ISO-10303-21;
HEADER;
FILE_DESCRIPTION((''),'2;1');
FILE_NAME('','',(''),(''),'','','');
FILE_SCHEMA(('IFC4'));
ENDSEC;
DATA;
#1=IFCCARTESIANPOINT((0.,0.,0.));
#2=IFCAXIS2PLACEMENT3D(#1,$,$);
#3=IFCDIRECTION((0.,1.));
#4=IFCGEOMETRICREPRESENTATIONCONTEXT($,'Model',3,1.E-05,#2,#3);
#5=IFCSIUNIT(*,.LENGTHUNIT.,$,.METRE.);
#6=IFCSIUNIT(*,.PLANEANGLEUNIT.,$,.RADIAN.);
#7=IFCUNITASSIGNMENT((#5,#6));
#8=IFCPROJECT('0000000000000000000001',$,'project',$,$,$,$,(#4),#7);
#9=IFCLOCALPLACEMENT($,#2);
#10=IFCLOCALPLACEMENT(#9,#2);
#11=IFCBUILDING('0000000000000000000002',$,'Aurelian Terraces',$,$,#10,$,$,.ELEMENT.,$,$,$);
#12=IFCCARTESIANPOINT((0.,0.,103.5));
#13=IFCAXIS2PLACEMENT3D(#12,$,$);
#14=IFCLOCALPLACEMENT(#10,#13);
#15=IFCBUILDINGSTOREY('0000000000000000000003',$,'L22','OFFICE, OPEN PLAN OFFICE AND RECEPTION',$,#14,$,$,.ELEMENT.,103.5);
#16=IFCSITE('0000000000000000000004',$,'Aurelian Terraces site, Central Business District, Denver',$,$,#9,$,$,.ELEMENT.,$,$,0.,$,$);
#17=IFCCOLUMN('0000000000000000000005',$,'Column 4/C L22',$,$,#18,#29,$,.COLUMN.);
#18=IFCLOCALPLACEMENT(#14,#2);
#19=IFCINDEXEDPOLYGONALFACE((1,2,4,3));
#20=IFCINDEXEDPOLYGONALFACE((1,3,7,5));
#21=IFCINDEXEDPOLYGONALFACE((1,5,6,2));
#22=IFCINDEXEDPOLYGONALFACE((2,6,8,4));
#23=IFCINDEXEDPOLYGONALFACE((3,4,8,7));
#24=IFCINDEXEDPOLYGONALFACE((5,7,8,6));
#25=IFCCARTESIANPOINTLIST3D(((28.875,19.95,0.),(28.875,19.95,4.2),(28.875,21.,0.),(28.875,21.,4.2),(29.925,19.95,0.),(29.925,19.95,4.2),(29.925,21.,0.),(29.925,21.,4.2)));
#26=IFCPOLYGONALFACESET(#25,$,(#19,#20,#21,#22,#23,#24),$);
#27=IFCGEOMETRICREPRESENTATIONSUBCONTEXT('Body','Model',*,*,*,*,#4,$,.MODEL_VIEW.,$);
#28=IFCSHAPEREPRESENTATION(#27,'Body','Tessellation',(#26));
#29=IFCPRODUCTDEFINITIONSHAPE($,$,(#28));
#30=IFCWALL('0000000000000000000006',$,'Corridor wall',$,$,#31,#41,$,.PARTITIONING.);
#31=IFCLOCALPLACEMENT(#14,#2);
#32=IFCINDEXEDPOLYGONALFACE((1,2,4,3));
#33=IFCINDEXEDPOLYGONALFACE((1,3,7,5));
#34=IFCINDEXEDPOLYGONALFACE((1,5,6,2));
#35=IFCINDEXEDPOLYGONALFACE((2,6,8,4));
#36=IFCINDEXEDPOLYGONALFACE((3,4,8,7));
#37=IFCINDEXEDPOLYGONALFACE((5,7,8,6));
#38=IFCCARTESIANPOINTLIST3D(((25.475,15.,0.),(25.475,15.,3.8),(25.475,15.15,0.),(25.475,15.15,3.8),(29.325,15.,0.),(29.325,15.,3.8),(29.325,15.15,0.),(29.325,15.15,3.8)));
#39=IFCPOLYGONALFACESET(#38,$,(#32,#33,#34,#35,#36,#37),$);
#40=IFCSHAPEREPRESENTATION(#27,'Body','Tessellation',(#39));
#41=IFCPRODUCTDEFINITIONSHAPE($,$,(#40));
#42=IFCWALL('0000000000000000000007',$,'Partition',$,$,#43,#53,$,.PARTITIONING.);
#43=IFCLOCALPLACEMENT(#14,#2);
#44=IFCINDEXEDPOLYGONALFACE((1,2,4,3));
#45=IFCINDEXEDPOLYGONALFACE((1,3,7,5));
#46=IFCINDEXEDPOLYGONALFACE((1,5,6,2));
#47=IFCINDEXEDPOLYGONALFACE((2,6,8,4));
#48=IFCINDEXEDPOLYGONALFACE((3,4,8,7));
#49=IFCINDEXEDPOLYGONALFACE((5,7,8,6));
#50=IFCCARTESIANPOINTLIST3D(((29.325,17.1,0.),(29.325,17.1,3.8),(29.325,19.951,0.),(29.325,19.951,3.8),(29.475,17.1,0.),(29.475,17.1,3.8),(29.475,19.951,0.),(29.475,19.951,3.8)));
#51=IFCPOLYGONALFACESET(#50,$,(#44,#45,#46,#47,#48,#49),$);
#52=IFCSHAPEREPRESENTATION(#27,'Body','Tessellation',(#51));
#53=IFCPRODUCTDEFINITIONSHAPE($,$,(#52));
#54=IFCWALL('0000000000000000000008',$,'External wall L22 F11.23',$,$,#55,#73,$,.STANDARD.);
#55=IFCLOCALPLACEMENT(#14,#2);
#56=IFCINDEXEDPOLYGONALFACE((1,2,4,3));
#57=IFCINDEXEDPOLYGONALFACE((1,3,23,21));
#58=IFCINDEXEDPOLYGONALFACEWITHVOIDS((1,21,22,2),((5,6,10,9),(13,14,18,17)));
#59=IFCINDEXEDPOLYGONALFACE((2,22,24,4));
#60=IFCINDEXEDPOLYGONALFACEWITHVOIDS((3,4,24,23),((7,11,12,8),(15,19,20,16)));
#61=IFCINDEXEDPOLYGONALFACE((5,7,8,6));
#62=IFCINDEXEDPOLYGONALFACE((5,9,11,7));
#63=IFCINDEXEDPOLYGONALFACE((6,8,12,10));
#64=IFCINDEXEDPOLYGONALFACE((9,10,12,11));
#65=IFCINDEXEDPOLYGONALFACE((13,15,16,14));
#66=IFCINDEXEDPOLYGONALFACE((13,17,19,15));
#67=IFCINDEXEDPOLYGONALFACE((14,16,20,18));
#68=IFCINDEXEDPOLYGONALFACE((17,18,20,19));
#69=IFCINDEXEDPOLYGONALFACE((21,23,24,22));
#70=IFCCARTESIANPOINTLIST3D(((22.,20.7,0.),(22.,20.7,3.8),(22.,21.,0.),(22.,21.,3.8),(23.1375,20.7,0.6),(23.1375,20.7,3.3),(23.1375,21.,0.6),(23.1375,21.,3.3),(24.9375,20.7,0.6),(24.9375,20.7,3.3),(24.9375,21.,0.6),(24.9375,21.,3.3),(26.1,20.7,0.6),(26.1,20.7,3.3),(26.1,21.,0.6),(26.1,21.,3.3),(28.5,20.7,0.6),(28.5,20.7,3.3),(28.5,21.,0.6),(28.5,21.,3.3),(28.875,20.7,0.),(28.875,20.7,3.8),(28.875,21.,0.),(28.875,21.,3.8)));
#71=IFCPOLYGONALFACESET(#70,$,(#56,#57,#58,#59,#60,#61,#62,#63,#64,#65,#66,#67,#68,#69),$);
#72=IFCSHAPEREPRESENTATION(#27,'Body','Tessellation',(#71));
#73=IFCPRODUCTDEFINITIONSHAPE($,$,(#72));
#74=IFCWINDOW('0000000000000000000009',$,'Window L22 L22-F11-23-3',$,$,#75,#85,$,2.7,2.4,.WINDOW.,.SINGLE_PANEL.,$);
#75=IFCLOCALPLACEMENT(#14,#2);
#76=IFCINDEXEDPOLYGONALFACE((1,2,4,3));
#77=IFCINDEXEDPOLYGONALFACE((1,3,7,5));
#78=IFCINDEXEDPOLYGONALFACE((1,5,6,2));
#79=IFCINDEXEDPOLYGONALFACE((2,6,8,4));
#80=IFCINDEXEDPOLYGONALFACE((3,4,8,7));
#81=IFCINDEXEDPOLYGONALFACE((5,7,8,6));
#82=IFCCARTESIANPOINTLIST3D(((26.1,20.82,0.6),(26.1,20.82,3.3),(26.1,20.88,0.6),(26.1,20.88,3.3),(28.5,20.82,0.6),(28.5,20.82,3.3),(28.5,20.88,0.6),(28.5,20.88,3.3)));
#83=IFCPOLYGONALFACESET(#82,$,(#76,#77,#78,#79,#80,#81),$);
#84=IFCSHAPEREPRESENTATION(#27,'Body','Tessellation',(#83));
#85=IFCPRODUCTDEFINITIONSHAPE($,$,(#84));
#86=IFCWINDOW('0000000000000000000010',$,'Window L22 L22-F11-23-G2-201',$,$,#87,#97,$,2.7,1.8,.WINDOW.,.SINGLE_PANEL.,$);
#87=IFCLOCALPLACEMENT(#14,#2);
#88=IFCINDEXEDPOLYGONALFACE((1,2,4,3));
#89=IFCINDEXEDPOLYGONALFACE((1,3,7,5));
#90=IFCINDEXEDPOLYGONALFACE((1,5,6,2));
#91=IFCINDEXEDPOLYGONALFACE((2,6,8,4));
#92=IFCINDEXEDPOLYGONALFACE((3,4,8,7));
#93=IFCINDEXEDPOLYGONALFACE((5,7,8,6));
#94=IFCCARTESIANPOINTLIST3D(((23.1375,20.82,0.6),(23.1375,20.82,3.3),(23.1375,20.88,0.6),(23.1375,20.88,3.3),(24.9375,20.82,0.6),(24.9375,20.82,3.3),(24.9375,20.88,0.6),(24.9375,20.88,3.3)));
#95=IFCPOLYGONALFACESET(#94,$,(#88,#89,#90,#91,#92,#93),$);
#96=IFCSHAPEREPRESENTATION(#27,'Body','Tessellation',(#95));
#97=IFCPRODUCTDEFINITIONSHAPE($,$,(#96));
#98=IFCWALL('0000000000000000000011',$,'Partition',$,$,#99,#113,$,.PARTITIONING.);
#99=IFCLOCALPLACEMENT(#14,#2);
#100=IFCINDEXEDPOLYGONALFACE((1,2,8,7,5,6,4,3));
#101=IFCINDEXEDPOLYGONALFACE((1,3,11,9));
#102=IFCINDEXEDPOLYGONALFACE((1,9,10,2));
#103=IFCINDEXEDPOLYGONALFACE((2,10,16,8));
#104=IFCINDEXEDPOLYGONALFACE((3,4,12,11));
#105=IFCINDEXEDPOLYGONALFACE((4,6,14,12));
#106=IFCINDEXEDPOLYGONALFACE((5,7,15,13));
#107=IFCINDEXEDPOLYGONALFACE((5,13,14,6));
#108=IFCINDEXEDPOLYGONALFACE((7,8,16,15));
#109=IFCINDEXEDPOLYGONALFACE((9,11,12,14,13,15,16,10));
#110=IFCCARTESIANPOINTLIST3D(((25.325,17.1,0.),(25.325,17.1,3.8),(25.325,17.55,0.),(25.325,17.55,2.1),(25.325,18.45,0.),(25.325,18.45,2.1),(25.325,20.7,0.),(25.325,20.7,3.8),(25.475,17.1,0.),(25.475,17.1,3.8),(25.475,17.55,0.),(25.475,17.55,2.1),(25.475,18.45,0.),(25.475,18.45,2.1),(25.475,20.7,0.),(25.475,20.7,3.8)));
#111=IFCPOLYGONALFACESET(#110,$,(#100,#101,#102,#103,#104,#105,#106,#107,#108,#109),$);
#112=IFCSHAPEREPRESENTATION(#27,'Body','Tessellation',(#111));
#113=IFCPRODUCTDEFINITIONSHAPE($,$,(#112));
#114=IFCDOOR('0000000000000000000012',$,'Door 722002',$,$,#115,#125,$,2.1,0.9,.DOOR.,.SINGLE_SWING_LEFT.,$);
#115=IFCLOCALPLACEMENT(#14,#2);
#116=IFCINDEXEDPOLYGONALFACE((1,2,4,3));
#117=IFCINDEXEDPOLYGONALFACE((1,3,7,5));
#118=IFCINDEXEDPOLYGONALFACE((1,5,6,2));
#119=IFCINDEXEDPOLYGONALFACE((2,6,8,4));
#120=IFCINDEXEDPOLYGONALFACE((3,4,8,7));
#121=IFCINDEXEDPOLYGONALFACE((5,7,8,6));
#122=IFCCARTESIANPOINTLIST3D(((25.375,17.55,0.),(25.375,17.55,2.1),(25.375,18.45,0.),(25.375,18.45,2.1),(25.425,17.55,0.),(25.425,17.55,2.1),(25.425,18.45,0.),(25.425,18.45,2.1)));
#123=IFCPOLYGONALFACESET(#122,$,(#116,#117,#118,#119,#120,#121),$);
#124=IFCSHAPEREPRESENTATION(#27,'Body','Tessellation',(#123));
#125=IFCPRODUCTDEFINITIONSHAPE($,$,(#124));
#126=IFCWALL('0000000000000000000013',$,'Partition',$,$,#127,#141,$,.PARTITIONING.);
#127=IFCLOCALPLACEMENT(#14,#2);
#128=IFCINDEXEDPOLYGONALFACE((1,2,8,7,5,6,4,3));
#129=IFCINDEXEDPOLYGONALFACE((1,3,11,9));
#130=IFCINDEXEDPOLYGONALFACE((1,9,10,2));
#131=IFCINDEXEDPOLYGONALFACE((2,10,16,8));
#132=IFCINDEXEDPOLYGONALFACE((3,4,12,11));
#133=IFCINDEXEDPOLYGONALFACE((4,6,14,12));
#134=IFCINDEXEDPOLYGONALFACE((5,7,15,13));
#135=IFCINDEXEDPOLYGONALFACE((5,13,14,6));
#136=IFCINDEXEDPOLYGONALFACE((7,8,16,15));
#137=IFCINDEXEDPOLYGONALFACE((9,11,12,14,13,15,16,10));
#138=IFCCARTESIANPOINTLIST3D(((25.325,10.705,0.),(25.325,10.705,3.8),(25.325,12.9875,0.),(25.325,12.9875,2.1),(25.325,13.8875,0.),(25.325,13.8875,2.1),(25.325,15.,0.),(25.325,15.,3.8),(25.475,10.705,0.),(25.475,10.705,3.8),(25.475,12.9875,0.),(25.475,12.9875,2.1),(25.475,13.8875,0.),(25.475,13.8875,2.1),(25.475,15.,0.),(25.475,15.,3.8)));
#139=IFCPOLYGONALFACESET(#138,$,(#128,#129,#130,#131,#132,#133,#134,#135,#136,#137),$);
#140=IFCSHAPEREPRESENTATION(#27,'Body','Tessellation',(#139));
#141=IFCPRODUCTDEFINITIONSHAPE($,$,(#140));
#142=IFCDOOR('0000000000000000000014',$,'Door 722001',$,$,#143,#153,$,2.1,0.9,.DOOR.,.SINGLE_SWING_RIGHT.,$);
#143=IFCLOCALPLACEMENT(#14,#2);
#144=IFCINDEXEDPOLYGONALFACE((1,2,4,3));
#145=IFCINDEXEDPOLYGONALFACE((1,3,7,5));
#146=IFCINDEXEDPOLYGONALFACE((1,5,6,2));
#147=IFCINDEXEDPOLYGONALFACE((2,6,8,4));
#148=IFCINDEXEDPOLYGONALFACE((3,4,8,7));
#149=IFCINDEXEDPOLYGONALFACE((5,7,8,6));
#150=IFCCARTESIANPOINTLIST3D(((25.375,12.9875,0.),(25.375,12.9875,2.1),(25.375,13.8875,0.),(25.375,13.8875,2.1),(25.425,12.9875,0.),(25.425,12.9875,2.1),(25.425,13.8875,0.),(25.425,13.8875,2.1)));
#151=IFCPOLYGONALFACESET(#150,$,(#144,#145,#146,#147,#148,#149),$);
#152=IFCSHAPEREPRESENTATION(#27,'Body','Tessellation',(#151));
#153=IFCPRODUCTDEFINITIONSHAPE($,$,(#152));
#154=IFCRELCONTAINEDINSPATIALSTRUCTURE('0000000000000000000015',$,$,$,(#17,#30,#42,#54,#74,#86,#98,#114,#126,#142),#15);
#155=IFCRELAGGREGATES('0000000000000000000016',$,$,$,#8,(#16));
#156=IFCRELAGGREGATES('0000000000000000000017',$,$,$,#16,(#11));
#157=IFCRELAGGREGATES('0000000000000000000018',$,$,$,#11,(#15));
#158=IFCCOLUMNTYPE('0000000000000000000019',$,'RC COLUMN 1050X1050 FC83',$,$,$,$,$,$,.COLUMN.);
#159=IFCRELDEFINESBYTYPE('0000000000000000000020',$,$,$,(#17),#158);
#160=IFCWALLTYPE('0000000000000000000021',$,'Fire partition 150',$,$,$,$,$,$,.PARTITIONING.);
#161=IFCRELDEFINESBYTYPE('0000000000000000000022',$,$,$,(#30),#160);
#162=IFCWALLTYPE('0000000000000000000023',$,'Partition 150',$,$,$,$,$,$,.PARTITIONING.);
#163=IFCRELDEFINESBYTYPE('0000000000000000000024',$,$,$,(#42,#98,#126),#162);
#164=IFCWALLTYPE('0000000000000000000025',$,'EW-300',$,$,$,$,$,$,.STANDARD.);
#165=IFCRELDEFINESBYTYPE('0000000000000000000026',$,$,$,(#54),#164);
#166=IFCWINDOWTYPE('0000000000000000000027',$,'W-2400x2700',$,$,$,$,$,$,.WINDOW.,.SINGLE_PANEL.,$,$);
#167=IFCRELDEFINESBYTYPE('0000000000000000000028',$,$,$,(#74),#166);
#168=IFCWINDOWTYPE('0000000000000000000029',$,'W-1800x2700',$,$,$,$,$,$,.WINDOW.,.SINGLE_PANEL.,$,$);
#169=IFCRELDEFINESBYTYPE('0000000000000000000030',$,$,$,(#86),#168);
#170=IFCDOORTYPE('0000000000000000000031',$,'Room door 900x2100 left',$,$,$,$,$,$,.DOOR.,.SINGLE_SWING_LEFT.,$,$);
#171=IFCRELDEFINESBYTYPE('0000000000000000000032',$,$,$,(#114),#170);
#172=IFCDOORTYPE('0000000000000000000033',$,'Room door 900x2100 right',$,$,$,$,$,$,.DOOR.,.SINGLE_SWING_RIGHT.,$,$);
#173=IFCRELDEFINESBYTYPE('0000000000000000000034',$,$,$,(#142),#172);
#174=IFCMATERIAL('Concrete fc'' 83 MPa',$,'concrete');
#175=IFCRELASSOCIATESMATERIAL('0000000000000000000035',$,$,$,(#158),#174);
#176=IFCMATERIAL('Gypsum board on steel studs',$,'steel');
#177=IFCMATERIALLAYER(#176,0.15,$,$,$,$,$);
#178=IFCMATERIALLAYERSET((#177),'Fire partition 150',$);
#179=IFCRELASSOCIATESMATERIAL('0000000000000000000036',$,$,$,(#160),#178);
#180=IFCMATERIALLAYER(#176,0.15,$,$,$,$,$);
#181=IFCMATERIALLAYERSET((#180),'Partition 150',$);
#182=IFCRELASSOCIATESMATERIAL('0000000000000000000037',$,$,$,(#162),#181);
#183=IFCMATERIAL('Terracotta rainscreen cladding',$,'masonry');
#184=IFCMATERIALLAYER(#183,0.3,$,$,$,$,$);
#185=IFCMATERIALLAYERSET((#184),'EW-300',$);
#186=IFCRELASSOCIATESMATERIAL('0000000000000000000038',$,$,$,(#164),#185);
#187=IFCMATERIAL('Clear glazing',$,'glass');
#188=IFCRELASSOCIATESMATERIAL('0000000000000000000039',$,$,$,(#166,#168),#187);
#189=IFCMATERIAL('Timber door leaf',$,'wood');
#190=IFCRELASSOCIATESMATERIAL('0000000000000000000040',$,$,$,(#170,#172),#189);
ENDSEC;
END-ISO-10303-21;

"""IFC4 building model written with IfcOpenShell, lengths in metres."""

from ifc_helpers import new_model, si_unit, direction, frame, frame_2d, origin, origin_2d, place, context, subcontext, project, spatial, rectangle, extrude, source, transform, mapped, material, layer, layer_set, material_profile, profile_set, type_object, element, fill, save


model = new_model("IFC4")

# Units and contexts
model_context = context("Model", 3, precision=1e-05, world=origin(), true_north=direction((0.0, 1.0)))
body_context = subcontext(model_context, "Body", "Model", "MODEL_VIEW")
ifc_project = project(units=[si_unit("LENGTHUNIT", "METRE"), si_unit("PLANEANGLEUNIT", "RADIAN")], contexts=[model_context])

# Site, building, storey
site_placement = place(None, origin())
site = spatial("IfcSite", under=ifc_project, at=site_placement, Name="Aurelian Terraces site, Central Business District, Denver", CompositionType="ELEMENT", RefElevation=0.0)
building_placement = place(site_placement, origin())
building = spatial("IfcBuilding", under=site, at=building_placement, Name="Aurelian Terraces", CompositionType="ELEMENT")
storey_placement = place(building_placement, frame((0.0, 0.0, 103.5)))
storey = spatial("IfcBuildingStorey", under=building, at=storey_placement, Name="L22", Description="OFFICE, OPEN PLAN OFFICE AND RECEPTION", CompositionType="ELEMENT", Elevation=103.5)

# Column
ifc_material_1 = material(Name="Concrete fc' 83 MPa", Category="concrete")
ifc_material_profile = material_profile(ifc_material_1, rectangle(XDim=1.05, YDim=1.05, at=origin_2d()))
ifc_profile_set = profile_set([ifc_material_profile], Name="Concrete fc' 83 MPa")
column_type = type_object("IfcColumnType", Name="RC COLUMN 1050X1050 FC83", PredefinedType="COLUMN", material=ifc_profile_set)
shared_shape_1 = source(origin(), body_context, "Body", "SweptSolid", [
    extrude(rectangle(XDim=1.05, YDim=1.05, at=origin_2d()), origin(), (0.0, 0.0, 1.0), 4.2),
])
column_placement = place(storey_placement, frame((29.4, 20.475, 0.0), z_axis=(0.0, 0.0, 1.0), x_axis=(1.0, 0.0, 0.0)))
element("IfcColumn", 1, at=column_placement, inside=storey, type_object=column_type, Name="Column 4/C L22", PredefinedType="COLUMN", context=body_context, shape_type="MappedRepresentation", body=[
    mapped(shared_shape_1, transform((0.0, 0.0, 0.0), scale=1.0)),
])

# Walls
ifc_material_2 = material(Name="Gypsum board on steel studs", Category="steel")
ifc_layer_1 = layer(ifc_material_2, 0.15)
ifc_layer_set_1 = layer_set([ifc_layer_1], Name="Fire partition 150")
wall_type_1 = type_object("IfcWallType", Name="Fire partition 150", PredefinedType="PARTITIONING", material=ifc_layer_set_1)
wall_1_placement = place(storey_placement, frame((29.325, 15.075, 0.0), z_axis=(0.0, 0.0, 1.0), x_axis=(-1.0, 0.0, 0.0)))
element("IfcWall", 2, at=wall_1_placement, inside=storey, type_object=wall_type_1, Name="Corridor wall", PredefinedType="PARTITIONING", context=body_context, shape_type="SweptSolid", body=[
    extrude(rectangle(XDim=3.85, YDim=0.15, at=frame_2d((1.925, 0.0))), origin(), (0.0, 0.0, 1.0), 3.8),
])
ifc_layer_2 = layer(ifc_material_2, 0.15)
ifc_layer_set_2 = layer_set([ifc_layer_2], Name="Partition 150")
wall_type_2 = type_object("IfcWallType", Name="Partition 150", PredefinedType="PARTITIONING", material=ifc_layer_set_2)
wall_2_placement = place(storey_placement, frame((29.4, 17.1, 0.0), z_axis=(0.0, 0.0, 1.0), x_axis=(0.0, 1.0, 0.0)))
element("IfcWall", 3, at=wall_2_placement, inside=storey, type_object=wall_type_2, Name="Partition", PredefinedType="PARTITIONING", context=body_context, shape_type="SweptSolid", body=[
    extrude(rectangle(XDim=2.851, YDim=0.15, at=frame_2d((1.4255, 0.0))), origin(), (0.0, 0.0, 1.0), 3.8),
])

# Wall, openings, windows
ifc_material_3 = material(Name="Terracotta rainscreen cladding", Category="masonry")
ifc_layer_3 = layer(ifc_material_3, 0.3)
ifc_layer_set_3 = layer_set([ifc_layer_3], Name="EW-300")
wall_type_3 = type_object("IfcWallType", Name="EW-300", PredefinedType="STANDARD", material=ifc_layer_set_3)
shared_shape_2 = source(origin(), body_context, "Body", "SweptSolid", [
    extrude(rectangle(XDim=6.875, YDim=0.3, at=frame_2d((3.4375, 0.0))), origin(), (0.0, 0.0, 1.0), 3.8),
])
wall_3_placement = place(storey_placement, frame((28.875, 20.85, 0.0), z_axis=(0.0, 0.0, 1.0), x_axis=(-1.0, 0.0, 0.0)))
wall_3 = element("IfcWall", 4, at=wall_3_placement, inside=storey, type_object=wall_type_3, Name="External wall L22 F11.23", PredefinedType="STANDARD", context=body_context, shape_type="MappedRepresentation", body=[
    mapped(shared_shape_2, transform((0.0, 0.0, 0.0), scale=1.0)),
])
shared_shape_3 = source(origin(), body_context, "Body", "SweptSolid", [
    extrude(rectangle(XDim=2.4, YDim=2.7, at=frame_2d((1.2, 1.35))), frame((0.0, 0.16, 0.0), z_axis=(0.0, -1.0, 0.0), x_axis=(1.0, 0.0, 0.0)), (0.0, 0.0, 1.0), 0.32),
])
opening_1_placement = place(wall_3_placement, frame((0.375, 0.0, 0.6)))
opening_1 = element("IfcOpeningElement", 5, at=opening_1_placement, cuts=wall_3, PredefinedType="OPENING", context=body_context, shape_type="MappedRepresentation", body=[
    mapped(shared_shape_3, transform((0.0, 0.0, 0.0), scale=1.0)),
])
shared_shape_4 = source(origin(), body_context, "Body", "SweptSolid", [
    extrude(rectangle(XDim=1.8, YDim=2.7, at=frame_2d((0.9, 1.35))), frame((0.0, 0.16, 0.0), z_axis=(0.0, -1.0, 0.0), x_axis=(1.0, 0.0, 0.0)), (0.0, 0.0, 1.0), 0.32),
])
opening_2_placement = place(wall_3_placement, frame((3.9375, 0.0, 0.6)))
opening_2 = element("IfcOpeningElement", 6, at=opening_2_placement, cuts=wall_3, PredefinedType="OPENING", context=body_context, shape_type="MappedRepresentation", body=[
    mapped(shared_shape_4, transform((0.0, 0.0, 0.0), scale=1.0)),
])
ifc_material_4 = material(Name="Clear glazing", Category="glass")
window_type_1 = type_object("IfcWindowType", Name="W-2400x2700", PartitioningType="SINGLE_PANEL", PredefinedType="WINDOW", material=ifc_material_4)
shared_shape_5 = source(origin(), body_context, "Body", "SweptSolid", [
    extrude(rectangle(XDim=2.4, YDim=2.7, at=frame_2d((1.2, 1.35))), frame((0.0, 0.03, 0.0), z_axis=(0.0, -1.0, 0.0), x_axis=(1.0, 0.0, 0.0)), (0.0, 0.0, 1.0), 0.06),
])
window_1_placement = place(opening_1_placement, origin())
window_1 = element("IfcWindow", 7, at=window_1_placement, inside=storey, type_object=window_type_1, Name="Window L22 L22-F11-23-3", OverallHeight=2.7, OverallWidth=2.4, PartitioningType="SINGLE_PANEL", PredefinedType="WINDOW", context=body_context, shape_type="MappedRepresentation", body=[
    mapped(shared_shape_5, transform((0.0, 0.0, 0.0), scale=1.0)),
])
fill(opening_1, window_1)
window_type_2 = type_object("IfcWindowType", Name="W-1800x2700", PartitioningType="SINGLE_PANEL", PredefinedType="WINDOW", material=ifc_material_4)
shared_shape_6 = source(origin(), body_context, "Body", "SweptSolid", [
    extrude(rectangle(XDim=1.8, YDim=2.7, at=frame_2d((0.9, 1.35))), frame((0.0, 0.03, 0.0), z_axis=(0.0, -1.0, 0.0), x_axis=(1.0, 0.0, 0.0)), (0.0, 0.0, 1.0), 0.06),
])
window_2_placement = place(opening_2_placement, origin())
window_2 = element("IfcWindow", 8, at=window_2_placement, inside=storey, type_object=window_type_2, Name="Window L22 L22-F11-23-G2-201", OverallHeight=2.7, OverallWidth=1.8, PartitioningType="SINGLE_PANEL", PredefinedType="WINDOW", context=body_context, shape_type="MappedRepresentation", body=[
    mapped(shared_shape_6, transform((0.0, 0.0, 0.0), scale=1.0)),
])
fill(opening_2, window_2)

# Walls, openings, doors
shared_shape_7 = source(origin(), body_context, "Body", "SweptSolid", [
    extrude(rectangle(XDim=3.6, YDim=0.15, at=frame_2d((1.8, 0.0))), origin(), (0.0, 0.0, 1.0), 3.8),
])
wall_4_placement = place(storey_placement, frame((25.4, 20.7, 0.0), z_axis=(0.0, 0.0, 1.0), x_axis=(0.0, -1.0, 0.0)))
wall_4 = element("IfcWall", 9, at=wall_4_placement, inside=storey, type_object=wall_type_2, Name="Partition", PredefinedType="PARTITIONING", context=body_context, shape_type="MappedRepresentation", body=[
    mapped(shared_shape_7, transform((0.0, 0.0, 0.0), scale=1.0)),
])
shared_shape_8 = source(origin(), body_context, "Body", "SweptSolid", [
    extrude(rectangle(XDim=0.9, YDim=2.1, at=frame_2d((0.45, 1.05))), frame((0.0, 0.085, 0.0), z_axis=(0.0, -1.0, 0.0), x_axis=(1.0, 0.0, 0.0)), (0.0, 0.0, 1.0), 0.17),
])
opening_3_placement = place(wall_4_placement, frame((2.25, 0.0, 0.0)))
opening_3 = element("IfcOpeningElement", 10, at=opening_3_placement, cuts=wall_4, PredefinedType="OPENING", context=body_context, shape_type="MappedRepresentation", body=[
    mapped(shared_shape_8, transform((0.0, 0.0, 0.0), scale=1.0)),
])
ifc_material_5 = material(Name="Timber door leaf", Category="wood")
door_type_1 = type_object("IfcDoorType", Name="Room door 900x2100 left", OperationType="SINGLE_SWING_LEFT", PredefinedType="DOOR", material=ifc_material_5)
shared_shape_9 = source(origin(), body_context, "Body", "SweptSolid", [
    extrude(rectangle(XDim=0.9, YDim=2.1, at=frame_2d((0.45, 1.05))), frame((0.0, 0.025, 0.0), z_axis=(0.0, -1.0, 0.0), x_axis=(1.0, 0.0, 0.0)), (0.0, 0.0, 1.0), 0.05),
])
door_1_placement = place(opening_3_placement, origin())
door_1 = element("IfcDoor", 11, at=door_1_placement, inside=storey, type_object=door_type_1, Name="Door 722002", OperationType="SINGLE_SWING_LEFT", OverallHeight=2.1, OverallWidth=0.9, PredefinedType="DOOR", context=body_context, shape_type="MappedRepresentation", body=[
    mapped(shared_shape_9, transform((0.0, 0.0, 0.0), scale=1.0)),
])
fill(opening_3, door_1)
shared_shape_10 = source(origin(), body_context, "Body", "SweptSolid", [
    extrude(rectangle(XDim=4.295, YDim=0.15, at=frame_2d((2.1475, 0.0))), origin(), (0.0, 0.0, 1.0), 3.8),
])
wall_5_placement = place(storey_placement, frame((25.4, 15.0, 0.0), z_axis=(0.0, 0.0, 1.0), x_axis=(0.0, -1.0, 0.0)))
wall_5 = element("IfcWall", 12, at=wall_5_placement, inside=storey, type_object=wall_type_2, Name="Partition", PredefinedType="PARTITIONING", context=body_context, shape_type="MappedRepresentation", body=[
    mapped(shared_shape_10, transform((0.0, 0.0, 0.0), scale=1.0)),
])
opening_4_placement = place(wall_5_placement, frame((1.1125, 0.0, 0.0)))
opening_4 = element("IfcOpeningElement", 13, at=opening_4_placement, cuts=wall_5, PredefinedType="OPENING", context=body_context, shape_type="MappedRepresentation", body=[
    mapped(shared_shape_8, transform((0.0, 0.0, 0.0), scale=1.0)),
])
door_type_2 = type_object("IfcDoorType", Name="Room door 900x2100 right", OperationType="SINGLE_SWING_RIGHT", PredefinedType="DOOR", material=ifc_material_5)
door_2_placement = place(opening_4_placement, origin())
door_2 = element("IfcDoor", 14, at=door_2_placement, inside=storey, type_object=door_type_2, Name="Door 722001", OperationType="SINGLE_SWING_RIGHT", OverallHeight=2.1, OverallWidth=0.9, PredefinedType="DOOR", context=body_context, shape_type="MappedRepresentation", body=[
    mapped(shared_shape_9, transform((0.0, 0.0, 0.0), scale=1.0)),
])
fill(opening_4, door_2)

save(model, "model.ifc")
